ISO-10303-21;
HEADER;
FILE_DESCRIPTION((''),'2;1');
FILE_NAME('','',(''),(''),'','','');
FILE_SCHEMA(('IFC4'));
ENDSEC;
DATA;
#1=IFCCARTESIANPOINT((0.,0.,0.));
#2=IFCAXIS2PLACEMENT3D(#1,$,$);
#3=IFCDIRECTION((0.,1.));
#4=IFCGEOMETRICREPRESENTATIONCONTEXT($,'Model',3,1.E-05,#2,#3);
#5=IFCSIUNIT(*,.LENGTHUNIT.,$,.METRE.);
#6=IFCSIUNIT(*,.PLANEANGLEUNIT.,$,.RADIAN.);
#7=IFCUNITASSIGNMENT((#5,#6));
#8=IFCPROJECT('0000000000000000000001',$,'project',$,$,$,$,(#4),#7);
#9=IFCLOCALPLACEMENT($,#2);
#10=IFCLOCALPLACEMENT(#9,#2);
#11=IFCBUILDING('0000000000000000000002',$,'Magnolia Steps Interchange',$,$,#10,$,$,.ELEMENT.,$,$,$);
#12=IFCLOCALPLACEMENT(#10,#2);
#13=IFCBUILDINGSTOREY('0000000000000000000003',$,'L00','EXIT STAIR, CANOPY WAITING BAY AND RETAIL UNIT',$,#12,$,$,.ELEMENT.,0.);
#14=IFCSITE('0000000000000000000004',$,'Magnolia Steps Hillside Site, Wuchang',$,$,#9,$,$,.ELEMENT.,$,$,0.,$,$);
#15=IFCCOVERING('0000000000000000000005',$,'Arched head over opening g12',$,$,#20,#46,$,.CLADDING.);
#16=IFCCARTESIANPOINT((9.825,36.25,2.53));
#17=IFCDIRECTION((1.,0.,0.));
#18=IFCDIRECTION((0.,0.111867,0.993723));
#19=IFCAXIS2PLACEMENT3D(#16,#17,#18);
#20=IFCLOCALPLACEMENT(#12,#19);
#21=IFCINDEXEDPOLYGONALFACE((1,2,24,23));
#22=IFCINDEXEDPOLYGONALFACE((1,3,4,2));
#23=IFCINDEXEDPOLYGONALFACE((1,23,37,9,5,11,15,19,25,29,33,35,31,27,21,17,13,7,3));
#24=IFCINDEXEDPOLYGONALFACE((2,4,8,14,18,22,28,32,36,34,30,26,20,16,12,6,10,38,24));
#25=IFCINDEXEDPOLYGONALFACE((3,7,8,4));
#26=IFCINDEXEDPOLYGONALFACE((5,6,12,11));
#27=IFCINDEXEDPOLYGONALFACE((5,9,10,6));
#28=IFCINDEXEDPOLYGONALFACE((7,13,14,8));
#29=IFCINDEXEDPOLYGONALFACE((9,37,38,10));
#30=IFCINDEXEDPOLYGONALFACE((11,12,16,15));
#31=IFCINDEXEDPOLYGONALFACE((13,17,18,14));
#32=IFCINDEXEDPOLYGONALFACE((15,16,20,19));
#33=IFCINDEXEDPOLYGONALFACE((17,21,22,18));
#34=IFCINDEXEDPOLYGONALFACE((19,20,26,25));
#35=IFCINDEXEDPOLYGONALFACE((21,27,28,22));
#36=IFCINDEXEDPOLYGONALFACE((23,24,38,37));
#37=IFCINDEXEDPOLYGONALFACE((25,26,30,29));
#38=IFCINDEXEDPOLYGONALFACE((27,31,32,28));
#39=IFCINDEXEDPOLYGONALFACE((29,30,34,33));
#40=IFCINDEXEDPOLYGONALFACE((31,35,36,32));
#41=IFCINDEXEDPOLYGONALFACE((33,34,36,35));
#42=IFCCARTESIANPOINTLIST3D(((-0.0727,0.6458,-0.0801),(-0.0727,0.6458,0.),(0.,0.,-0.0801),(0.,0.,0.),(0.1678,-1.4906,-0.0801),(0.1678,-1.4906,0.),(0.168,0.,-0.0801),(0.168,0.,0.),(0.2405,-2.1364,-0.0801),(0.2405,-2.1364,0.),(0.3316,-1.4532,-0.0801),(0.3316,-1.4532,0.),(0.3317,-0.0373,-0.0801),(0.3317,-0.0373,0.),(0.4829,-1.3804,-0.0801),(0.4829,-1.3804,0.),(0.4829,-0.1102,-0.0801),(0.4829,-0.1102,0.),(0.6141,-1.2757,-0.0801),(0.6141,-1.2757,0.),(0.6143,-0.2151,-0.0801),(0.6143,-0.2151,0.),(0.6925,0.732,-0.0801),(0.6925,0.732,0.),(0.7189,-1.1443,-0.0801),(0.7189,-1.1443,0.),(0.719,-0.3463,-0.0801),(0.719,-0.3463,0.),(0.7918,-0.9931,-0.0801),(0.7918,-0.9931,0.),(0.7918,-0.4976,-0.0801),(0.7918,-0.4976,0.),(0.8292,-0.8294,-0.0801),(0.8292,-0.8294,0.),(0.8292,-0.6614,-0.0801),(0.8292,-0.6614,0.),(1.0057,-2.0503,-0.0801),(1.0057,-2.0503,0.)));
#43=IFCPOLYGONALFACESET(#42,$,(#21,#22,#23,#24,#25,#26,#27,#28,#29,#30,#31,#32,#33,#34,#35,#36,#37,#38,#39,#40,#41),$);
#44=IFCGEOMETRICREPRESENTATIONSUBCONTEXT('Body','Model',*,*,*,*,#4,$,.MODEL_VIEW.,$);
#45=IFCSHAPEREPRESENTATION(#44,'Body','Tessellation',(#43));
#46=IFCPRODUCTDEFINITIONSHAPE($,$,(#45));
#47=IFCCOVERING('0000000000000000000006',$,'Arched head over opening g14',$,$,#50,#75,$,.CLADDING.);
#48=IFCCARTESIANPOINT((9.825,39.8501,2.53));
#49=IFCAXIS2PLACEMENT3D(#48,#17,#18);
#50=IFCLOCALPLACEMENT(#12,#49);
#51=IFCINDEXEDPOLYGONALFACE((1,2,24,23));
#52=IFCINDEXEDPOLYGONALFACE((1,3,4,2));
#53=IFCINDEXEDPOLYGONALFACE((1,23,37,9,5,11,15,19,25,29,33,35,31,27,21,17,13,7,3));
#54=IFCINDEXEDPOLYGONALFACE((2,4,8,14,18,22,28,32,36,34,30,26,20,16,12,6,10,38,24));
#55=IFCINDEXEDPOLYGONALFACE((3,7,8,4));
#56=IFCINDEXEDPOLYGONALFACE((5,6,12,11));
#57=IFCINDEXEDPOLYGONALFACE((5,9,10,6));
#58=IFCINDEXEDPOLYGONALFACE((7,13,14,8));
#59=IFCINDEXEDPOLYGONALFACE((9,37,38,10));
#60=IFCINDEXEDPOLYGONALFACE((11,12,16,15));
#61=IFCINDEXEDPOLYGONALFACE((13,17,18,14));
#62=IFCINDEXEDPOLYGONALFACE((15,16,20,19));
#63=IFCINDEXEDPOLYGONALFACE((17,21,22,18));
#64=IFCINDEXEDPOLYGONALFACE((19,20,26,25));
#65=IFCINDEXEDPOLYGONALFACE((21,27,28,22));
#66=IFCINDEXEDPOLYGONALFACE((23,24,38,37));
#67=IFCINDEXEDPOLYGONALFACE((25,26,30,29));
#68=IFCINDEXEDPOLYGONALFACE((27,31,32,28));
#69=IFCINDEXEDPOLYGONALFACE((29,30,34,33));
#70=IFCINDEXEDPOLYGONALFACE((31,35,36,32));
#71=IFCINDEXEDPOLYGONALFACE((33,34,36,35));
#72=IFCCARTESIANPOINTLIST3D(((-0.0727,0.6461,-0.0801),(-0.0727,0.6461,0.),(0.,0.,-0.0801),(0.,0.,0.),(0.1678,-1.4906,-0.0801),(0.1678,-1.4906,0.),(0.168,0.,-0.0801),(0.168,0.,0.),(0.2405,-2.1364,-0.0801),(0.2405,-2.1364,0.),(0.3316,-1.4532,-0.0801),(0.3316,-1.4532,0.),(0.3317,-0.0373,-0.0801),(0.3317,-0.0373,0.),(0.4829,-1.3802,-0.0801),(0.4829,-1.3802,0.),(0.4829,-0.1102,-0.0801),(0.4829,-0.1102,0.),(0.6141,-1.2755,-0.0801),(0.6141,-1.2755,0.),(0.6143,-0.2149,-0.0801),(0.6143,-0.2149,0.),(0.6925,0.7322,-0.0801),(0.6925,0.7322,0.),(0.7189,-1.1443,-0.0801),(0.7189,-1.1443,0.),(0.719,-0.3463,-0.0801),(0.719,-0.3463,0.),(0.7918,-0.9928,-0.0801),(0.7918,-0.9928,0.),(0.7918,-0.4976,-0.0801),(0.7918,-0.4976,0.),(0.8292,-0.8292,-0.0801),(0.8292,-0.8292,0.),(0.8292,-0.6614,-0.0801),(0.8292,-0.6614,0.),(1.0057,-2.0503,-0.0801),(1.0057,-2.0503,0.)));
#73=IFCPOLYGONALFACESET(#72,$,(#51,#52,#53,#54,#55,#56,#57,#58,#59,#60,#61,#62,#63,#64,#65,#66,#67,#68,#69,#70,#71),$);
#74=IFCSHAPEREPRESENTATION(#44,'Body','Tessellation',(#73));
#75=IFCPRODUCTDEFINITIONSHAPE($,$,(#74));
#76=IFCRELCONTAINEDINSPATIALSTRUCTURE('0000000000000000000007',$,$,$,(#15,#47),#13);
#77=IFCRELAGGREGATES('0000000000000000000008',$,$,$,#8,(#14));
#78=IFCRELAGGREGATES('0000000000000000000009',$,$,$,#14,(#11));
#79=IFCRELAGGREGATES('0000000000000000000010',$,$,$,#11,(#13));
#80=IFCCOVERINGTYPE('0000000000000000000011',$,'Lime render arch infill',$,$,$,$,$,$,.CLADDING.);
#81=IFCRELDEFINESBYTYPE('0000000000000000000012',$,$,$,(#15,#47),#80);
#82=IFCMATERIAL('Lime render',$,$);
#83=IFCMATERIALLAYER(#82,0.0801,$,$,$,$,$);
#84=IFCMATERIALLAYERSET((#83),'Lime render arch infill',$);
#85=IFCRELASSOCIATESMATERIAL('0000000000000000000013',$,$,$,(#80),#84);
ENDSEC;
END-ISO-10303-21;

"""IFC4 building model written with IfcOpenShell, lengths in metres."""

from ifc_helpers import new_model, si_unit, direction, frame, origin, place, context, subcontext, project, spatial, polyline, outline, extrude, material, layer, layer_set, type_object, element, save


model = new_model("IFC4")

# Units and contexts
model_context = context("Model", 3, precision=1e-05, world=origin(), true_north=direction((0.0, 1.0)))
body_context = subcontext(model_context, "Body", "Model", "MODEL_VIEW")
ifc_project = project(units=[si_unit("LENGTHUNIT", "METRE"), si_unit("PLANEANGLEUNIT", "RADIAN")], contexts=[model_context])

# Site, building, storey
site_placement = place(None, origin())
site = spatial("IfcSite", under=ifc_project, at=site_placement, Name="Magnolia Steps Hillside Site, Wuchang", CompositionType="ELEMENT", RefElevation=0.0)
building_placement = place(site_placement, origin())
building = spatial("IfcBuilding", under=site, at=building_placement, Name="Magnolia Steps Interchange", CompositionType="ELEMENT")
storey_placement = place(building_placement, origin())
storey = spatial("IfcBuildingStorey", under=building, at=storey_placement, Name="L00", Description="EXIT STAIR, CANOPY WAITING BAY AND RETAIL UNIT", CompositionType="ELEMENT", Elevation=0.0)

# Coverings
ifc_material_1 = material(Name="Lime render")
ifc_layer_1 = layer(ifc_material_1, 0.0801)
ifc_layer_set_1 = layer_set([ifc_layer_1], Name="Lime render arch infill")
covering_type_1 = type_object("IfcCoveringType", Name="Lime render arch infill", PredefinedType="CLADDING", material=ifc_layer_set_1)
covering_1_placement = place(storey_placement, frame((9.825, 36.25, 2.53), z_axis=(1.0, 0.0, 0.0), x_axis=(0.0, 0.111867, 0.993723)))
element("IfcCovering", 1, at=covering_1_placement, inside=storey, type_object=covering_type_1, Name="Arched head over opening g12", PredefinedType="CLADDING", context=body_context, shape_type="SweptSolid", body=[
    extrude(outline(polyline([(0.0, 0.0), (0.168, 0.0), (0.3317, -0.0373), (0.4829, -0.1102), (0.6143, -0.2151), (0.719, -0.3463), (0.7918, -0.4976), (0.8292, -0.6614), (0.8292, -0.8294), (0.7918, -0.9931), (0.7189, -1.1443), (0.6141, -1.2757), (0.4829, -1.3804), (0.3316, -1.4532), (0.1678, -1.4906), (0.2405, -2.1364), (1.0057, -2.0503), (0.6925, 0.732), (-0.0727, 0.6458), (0.0, 0.0)])), origin(), (0.0, 0.0, -1.0), 0.0801),
])
covering_2_placement = place(storey_placement, frame((9.825, 39.8501, 2.53), z_axis=(1.0, 0.0, 0.0), x_axis=(0.0, 0.111867, 0.993723)))
element("IfcCovering", 2, at=covering_2_placement, inside=storey, type_object=covering_type_1, Name="Arched head over opening g14", PredefinedType="CLADDING", context=body_context, shape_type="SweptSolid", body=[
    extrude(outline(polyline([(0.0, 0.0), (0.168, 0.0), (0.3317, -0.0373), (0.4829, -0.1102), (0.6143, -0.2149), (0.719, -0.3463), (0.7918, -0.4976), (0.8292, -0.6614), (0.8292, -0.8292), (0.7918, -0.9928), (0.7189, -1.1443), (0.6141, -1.2755), (0.4829, -1.3802), (0.3316, -1.4532), (0.1678, -1.4906), (0.2405, -2.1364), (1.0057, -2.0503), (0.6925, 0.7322), (-0.0727, 0.6461), (0.0, 0.0)])), origin(), (0.0, 0.0, -1.0), 0.0801),
])

save(model, "model.ifc")
